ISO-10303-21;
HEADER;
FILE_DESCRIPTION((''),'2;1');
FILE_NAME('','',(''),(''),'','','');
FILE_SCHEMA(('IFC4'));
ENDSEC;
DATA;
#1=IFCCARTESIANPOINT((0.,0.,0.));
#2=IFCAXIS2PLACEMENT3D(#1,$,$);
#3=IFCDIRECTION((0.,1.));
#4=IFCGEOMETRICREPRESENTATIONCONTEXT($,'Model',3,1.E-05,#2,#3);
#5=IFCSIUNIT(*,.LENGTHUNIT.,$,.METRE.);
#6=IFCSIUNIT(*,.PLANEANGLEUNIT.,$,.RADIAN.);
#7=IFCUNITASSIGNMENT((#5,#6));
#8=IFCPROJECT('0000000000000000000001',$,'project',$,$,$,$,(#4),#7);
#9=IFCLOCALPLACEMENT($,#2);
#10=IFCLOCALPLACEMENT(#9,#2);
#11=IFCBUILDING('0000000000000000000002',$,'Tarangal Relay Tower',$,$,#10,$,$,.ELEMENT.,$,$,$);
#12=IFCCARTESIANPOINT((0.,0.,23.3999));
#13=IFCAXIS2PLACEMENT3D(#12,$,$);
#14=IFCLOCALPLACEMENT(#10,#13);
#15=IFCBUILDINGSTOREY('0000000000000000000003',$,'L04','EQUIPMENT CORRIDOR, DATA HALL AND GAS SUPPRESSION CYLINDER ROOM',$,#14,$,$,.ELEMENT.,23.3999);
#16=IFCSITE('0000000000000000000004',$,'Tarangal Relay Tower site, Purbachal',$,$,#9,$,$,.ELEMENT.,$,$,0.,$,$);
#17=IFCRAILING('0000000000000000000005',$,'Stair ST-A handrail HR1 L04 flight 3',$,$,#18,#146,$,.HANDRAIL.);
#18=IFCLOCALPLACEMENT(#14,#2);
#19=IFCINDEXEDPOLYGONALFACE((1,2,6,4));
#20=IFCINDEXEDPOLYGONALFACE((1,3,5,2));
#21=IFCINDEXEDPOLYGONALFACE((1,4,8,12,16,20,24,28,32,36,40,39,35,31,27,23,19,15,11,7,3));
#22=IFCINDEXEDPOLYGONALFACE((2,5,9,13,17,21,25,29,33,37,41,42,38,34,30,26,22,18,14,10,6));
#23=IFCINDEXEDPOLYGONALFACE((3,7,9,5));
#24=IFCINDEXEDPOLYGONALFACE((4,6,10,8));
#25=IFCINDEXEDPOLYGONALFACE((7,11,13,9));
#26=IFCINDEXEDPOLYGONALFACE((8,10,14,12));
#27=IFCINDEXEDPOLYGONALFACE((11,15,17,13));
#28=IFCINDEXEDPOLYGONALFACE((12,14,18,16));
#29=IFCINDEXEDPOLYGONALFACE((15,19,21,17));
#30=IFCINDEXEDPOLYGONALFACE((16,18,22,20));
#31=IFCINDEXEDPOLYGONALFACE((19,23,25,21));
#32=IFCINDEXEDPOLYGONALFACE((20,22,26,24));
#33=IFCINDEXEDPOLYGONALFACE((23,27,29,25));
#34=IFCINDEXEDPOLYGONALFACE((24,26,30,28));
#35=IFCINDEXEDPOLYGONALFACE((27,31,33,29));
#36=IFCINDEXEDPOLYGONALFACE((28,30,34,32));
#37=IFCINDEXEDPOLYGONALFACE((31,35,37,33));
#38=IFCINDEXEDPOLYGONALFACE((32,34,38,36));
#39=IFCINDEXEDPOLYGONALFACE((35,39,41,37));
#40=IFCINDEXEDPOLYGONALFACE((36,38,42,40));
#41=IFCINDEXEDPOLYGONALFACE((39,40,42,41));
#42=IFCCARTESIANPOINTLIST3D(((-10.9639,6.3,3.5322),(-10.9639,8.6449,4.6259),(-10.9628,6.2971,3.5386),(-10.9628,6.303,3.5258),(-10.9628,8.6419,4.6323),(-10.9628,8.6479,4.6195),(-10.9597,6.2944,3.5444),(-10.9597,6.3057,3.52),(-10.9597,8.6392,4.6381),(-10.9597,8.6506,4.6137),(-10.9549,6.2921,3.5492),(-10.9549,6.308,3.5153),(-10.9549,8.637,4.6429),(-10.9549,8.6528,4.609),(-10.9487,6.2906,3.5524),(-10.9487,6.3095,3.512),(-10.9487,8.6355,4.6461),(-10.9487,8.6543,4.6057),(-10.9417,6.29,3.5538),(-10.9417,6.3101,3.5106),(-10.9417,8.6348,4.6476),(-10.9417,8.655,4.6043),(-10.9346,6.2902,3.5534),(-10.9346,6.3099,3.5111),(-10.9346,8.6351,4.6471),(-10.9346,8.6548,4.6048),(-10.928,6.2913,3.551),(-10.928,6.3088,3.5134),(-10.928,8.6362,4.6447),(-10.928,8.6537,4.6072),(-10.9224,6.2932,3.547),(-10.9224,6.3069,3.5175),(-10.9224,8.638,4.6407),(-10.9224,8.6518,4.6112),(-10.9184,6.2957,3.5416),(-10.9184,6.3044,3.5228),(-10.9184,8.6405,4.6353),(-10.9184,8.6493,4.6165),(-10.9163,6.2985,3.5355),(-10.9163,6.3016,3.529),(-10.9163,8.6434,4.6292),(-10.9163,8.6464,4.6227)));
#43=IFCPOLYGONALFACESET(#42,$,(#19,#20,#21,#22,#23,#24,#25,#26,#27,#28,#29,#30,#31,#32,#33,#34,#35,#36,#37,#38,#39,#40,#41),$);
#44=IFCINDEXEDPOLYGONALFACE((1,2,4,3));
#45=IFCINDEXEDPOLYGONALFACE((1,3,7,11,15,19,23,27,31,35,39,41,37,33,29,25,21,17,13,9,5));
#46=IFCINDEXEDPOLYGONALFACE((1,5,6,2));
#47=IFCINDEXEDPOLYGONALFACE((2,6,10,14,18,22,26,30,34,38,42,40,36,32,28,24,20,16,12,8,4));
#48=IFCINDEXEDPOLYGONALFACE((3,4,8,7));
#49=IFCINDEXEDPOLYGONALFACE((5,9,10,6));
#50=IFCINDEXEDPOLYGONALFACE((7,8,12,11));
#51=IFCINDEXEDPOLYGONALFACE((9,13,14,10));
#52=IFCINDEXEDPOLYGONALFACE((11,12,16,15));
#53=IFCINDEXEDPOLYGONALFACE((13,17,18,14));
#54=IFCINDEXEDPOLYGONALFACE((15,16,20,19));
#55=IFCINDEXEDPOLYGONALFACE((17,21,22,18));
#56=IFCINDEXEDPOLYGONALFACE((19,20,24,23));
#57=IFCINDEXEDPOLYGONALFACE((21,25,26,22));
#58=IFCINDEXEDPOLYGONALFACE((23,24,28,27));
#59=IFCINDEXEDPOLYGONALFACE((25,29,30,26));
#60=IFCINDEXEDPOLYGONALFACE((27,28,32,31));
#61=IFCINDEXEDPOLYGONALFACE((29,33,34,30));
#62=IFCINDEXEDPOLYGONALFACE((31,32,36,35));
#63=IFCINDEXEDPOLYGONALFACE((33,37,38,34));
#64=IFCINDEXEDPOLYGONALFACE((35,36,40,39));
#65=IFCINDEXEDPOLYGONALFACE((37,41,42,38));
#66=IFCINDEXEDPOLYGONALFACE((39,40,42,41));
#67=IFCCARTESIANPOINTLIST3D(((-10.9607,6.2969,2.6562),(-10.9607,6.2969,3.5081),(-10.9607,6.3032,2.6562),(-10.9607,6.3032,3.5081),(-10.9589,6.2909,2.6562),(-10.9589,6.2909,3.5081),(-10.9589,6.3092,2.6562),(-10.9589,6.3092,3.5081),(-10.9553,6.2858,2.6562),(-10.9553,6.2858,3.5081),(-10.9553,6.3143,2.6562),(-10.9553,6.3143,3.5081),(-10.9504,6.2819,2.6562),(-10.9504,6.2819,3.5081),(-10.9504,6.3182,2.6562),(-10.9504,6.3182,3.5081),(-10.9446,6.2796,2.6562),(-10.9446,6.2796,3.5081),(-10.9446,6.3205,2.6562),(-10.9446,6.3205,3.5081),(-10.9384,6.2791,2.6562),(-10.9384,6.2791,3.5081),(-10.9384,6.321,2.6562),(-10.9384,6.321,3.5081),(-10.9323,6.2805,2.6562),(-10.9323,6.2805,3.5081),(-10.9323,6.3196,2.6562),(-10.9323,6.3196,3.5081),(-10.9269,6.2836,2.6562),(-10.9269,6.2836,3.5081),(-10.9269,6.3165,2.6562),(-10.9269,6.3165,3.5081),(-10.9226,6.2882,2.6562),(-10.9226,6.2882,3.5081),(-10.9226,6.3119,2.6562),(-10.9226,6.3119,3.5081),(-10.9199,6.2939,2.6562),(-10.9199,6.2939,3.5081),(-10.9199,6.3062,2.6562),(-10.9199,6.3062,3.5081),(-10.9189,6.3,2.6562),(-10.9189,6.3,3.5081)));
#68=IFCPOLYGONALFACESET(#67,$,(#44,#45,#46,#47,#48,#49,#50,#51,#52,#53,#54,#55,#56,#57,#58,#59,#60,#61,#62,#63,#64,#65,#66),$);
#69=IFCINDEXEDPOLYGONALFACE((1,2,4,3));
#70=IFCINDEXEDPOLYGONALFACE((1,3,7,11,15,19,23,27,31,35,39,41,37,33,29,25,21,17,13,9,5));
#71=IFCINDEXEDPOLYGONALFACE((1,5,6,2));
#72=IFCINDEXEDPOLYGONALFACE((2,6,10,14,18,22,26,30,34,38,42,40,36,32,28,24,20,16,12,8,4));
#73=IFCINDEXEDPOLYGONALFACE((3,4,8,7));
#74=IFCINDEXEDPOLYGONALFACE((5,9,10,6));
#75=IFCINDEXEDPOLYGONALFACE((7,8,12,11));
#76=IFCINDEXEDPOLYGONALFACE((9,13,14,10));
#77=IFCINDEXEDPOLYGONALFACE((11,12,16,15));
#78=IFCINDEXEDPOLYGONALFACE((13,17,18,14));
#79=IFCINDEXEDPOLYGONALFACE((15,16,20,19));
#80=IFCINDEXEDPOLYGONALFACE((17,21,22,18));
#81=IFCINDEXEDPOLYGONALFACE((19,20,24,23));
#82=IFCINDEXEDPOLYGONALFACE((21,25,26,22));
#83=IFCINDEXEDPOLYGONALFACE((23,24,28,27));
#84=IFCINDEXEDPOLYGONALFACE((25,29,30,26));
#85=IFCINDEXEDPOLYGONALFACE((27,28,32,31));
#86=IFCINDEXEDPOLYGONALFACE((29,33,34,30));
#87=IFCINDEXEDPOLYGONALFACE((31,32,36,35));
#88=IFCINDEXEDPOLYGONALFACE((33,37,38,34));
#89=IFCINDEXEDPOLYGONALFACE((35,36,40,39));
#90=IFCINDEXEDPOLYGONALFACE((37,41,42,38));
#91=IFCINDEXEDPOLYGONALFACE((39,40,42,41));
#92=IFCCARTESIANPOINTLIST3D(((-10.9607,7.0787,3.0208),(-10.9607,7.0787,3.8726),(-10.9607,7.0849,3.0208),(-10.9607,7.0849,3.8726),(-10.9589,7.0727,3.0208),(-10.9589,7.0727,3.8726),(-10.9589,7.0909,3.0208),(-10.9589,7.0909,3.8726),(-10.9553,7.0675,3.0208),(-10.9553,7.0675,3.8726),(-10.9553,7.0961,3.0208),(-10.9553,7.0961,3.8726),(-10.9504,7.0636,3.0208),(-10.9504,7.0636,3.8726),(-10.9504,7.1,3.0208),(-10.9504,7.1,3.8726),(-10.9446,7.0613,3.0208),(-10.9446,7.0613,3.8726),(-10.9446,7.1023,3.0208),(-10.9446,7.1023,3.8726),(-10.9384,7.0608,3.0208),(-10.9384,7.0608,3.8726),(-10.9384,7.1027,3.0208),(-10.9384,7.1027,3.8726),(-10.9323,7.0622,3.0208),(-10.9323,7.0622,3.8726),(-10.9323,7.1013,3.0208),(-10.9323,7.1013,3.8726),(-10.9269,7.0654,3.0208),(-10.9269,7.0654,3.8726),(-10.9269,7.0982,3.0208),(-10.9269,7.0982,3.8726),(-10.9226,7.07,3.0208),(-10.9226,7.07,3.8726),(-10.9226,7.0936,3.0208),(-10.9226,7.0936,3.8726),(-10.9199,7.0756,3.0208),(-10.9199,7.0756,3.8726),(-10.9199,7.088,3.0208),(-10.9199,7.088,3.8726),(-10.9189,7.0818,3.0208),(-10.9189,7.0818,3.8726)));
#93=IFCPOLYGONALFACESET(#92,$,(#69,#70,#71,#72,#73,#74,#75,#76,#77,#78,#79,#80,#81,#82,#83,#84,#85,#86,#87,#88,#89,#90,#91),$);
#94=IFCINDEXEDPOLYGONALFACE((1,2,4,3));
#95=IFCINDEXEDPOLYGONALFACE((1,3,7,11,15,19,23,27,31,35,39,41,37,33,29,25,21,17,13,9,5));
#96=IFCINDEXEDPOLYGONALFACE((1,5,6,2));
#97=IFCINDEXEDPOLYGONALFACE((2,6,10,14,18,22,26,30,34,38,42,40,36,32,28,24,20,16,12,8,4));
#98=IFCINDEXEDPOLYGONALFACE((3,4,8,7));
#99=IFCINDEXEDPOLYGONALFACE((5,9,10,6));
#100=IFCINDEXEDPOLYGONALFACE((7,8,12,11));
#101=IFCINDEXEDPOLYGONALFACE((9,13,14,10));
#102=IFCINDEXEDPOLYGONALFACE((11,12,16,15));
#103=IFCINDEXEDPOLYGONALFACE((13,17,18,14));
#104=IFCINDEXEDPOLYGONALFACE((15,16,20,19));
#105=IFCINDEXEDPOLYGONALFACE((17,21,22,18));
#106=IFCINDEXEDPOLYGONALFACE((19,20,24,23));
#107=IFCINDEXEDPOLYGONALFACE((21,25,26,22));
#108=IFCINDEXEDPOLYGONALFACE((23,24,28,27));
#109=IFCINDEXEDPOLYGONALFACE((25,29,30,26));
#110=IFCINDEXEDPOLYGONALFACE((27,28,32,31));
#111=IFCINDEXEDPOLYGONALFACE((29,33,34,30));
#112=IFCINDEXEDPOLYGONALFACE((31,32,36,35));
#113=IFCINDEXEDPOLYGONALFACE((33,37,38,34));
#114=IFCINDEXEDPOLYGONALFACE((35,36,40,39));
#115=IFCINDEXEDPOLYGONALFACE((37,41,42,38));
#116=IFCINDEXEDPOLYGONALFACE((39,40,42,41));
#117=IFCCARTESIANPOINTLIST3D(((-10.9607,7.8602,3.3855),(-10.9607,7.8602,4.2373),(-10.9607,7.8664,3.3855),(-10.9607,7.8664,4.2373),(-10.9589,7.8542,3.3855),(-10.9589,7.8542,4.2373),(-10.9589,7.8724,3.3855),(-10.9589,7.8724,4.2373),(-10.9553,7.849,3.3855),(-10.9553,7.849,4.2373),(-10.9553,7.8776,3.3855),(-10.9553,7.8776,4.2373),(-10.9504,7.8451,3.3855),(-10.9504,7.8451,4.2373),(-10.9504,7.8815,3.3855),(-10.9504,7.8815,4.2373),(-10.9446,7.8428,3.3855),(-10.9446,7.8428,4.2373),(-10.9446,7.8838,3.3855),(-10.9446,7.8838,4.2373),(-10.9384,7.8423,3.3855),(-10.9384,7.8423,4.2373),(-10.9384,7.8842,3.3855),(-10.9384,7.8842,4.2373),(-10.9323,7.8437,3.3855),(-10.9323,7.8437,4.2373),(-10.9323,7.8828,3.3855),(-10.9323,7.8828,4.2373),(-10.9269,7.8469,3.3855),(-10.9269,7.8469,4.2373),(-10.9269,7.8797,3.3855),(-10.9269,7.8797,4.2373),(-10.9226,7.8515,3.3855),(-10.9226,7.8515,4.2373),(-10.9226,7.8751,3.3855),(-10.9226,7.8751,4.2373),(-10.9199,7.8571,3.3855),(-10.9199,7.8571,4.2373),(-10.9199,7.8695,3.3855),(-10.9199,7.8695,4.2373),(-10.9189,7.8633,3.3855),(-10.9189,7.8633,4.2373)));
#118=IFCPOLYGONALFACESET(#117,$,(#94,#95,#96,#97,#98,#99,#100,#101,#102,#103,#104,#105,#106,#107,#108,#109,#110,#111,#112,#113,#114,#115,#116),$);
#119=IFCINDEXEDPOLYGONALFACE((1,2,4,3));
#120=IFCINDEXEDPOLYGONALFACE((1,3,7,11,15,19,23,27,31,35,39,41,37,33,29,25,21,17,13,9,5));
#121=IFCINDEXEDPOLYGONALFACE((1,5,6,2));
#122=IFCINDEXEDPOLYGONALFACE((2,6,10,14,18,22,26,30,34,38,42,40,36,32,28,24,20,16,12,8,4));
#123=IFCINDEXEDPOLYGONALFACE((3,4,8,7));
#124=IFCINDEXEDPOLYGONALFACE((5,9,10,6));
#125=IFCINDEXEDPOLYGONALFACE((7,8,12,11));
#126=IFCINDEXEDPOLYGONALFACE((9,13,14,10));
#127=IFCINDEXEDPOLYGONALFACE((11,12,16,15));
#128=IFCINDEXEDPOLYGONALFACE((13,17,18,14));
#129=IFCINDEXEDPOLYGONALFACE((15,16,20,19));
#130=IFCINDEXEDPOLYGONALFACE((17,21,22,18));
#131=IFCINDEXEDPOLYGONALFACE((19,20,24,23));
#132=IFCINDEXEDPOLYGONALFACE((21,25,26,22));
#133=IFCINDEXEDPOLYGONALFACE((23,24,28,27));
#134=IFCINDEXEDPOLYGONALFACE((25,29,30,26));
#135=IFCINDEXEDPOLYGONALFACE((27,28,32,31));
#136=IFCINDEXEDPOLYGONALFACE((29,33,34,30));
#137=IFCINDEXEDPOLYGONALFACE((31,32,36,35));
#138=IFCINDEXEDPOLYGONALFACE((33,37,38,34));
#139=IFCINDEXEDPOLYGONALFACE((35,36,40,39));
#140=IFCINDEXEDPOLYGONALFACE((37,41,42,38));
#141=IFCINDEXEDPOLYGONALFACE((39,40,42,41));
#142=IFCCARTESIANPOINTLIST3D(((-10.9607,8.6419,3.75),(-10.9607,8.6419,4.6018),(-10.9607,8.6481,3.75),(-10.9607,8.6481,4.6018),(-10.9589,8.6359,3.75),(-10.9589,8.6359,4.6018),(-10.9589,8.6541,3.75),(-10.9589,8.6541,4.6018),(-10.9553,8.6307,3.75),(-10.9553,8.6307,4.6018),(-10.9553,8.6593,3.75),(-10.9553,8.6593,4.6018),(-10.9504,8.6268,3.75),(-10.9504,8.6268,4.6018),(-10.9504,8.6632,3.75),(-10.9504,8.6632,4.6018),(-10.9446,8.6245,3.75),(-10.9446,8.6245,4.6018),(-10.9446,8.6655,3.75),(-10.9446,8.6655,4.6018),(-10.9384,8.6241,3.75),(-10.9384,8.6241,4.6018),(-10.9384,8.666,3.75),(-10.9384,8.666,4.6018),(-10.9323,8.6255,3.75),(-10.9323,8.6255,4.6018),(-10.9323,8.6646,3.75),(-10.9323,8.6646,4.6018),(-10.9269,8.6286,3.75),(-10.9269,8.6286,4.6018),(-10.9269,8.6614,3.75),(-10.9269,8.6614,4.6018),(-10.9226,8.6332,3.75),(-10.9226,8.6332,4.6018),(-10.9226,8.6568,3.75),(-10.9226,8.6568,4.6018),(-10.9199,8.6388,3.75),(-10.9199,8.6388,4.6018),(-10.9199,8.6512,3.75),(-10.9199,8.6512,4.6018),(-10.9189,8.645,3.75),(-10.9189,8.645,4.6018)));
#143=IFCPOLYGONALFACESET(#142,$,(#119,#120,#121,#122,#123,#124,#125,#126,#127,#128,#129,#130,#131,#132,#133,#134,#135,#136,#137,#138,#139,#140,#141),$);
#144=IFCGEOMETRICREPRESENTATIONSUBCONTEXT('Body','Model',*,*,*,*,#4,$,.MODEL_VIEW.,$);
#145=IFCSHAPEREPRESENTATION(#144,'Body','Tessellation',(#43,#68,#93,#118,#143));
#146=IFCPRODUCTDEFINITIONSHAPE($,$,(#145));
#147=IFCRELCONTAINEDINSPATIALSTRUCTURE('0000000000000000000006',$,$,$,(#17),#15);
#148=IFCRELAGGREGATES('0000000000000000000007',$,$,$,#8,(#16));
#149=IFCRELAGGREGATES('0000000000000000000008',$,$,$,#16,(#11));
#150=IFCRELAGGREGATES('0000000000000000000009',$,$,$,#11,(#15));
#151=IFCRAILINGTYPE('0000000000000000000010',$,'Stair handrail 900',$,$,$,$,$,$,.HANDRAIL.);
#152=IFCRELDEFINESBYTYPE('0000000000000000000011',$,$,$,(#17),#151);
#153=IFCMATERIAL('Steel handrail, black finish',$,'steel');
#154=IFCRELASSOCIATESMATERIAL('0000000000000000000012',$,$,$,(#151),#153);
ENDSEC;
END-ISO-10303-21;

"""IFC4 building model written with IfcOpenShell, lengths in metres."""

from ifc_helpers import new_model, si_unit, direction, frame, origin, origin_2d, place, context, subcontext, project, spatial, circle, extrude, material, type_object, element, save


model = new_model("IFC4")

# Units and contexts
model_context = context("Model", 3, precision=1e-05, world=origin(), true_north=direction((0.0, 1.0)))
body_context = subcontext(model_context, "Body", "Model", "MODEL_VIEW")
ifc_project = project(units=[si_unit("LENGTHUNIT", "METRE"), si_unit("PLANEANGLEUNIT", "RADIAN")], contexts=[model_context])

# Site, building, storey
site_placement = place(None, origin())
site = spatial("IfcSite", under=ifc_project, at=site_placement, Name="Tarangal Relay Tower site, Purbachal", CompositionType="ELEMENT", RefElevation=0.0)
building_placement = place(site_placement, origin())
building = spatial("IfcBuilding", under=site, at=building_placement, Name="Tarangal Relay Tower", CompositionType="ELEMENT")
storey_placement = place(building_placement, frame((0.0, 0.0, 23.3999)))
storey = spatial("IfcBuildingStorey", under=building, at=storey_placement, Name="L04", Description="EQUIPMENT CORRIDOR, DATA HALL AND GAS SUPPRESSION CYLINDER ROOM", CompositionType="ELEMENT", Elevation=23.3999)

# Railing
ifc_material_1 = material(Name="Steel handrail, black finish", Category="steel")
railing_type_1 = type_object("IfcRailingType", Name="Stair handrail 900", PredefinedType="HANDRAIL", material=ifc_material_1)
for number, where, name in (
    (1, (-10.9399, 6.3, 2.6562), "Stair ST-A handrail HR1 L04 flight 3"),
):
    element("IfcRailing", number, at=place(storey_placement, frame(where)), inside=storey, type_object=railing_type_1, Name=name, PredefinedType="HANDRAIL", context=body_context, shape_type="SweptSolid", body=[
        extrude(circle(Radius=0.0239, at=origin_2d()), frame((0.0, 0.0, 0.876), z_axis=(0.0, 0.906267, 0.422705), x_axis=(-1.0, 0.0, 0.0)), (0.0, 0.0, 1.0), 2.5874),
        extrude(circle(Radius=0.021, at=origin_2d()), origin(), (0.0, 0.0, 1.0), 0.8518),
        extrude(circle(Radius=0.021, at=origin_2d()), frame((0.0, 0.7817, 0.3645)), (0.0, 0.0, 1.0), 0.8518),
        extrude(circle(Radius=0.021, at=origin_2d()), frame((0.0, 1.5632, 0.7292)), (0.0, 0.0, 1.0), 0.8518),
        extrude(circle(Radius=0.021, at=origin_2d()), frame((0.0, 2.345, 1.0938)), (0.0, 0.0, 1.0), 0.8518),
    ])

save(model, "model.ifc")
